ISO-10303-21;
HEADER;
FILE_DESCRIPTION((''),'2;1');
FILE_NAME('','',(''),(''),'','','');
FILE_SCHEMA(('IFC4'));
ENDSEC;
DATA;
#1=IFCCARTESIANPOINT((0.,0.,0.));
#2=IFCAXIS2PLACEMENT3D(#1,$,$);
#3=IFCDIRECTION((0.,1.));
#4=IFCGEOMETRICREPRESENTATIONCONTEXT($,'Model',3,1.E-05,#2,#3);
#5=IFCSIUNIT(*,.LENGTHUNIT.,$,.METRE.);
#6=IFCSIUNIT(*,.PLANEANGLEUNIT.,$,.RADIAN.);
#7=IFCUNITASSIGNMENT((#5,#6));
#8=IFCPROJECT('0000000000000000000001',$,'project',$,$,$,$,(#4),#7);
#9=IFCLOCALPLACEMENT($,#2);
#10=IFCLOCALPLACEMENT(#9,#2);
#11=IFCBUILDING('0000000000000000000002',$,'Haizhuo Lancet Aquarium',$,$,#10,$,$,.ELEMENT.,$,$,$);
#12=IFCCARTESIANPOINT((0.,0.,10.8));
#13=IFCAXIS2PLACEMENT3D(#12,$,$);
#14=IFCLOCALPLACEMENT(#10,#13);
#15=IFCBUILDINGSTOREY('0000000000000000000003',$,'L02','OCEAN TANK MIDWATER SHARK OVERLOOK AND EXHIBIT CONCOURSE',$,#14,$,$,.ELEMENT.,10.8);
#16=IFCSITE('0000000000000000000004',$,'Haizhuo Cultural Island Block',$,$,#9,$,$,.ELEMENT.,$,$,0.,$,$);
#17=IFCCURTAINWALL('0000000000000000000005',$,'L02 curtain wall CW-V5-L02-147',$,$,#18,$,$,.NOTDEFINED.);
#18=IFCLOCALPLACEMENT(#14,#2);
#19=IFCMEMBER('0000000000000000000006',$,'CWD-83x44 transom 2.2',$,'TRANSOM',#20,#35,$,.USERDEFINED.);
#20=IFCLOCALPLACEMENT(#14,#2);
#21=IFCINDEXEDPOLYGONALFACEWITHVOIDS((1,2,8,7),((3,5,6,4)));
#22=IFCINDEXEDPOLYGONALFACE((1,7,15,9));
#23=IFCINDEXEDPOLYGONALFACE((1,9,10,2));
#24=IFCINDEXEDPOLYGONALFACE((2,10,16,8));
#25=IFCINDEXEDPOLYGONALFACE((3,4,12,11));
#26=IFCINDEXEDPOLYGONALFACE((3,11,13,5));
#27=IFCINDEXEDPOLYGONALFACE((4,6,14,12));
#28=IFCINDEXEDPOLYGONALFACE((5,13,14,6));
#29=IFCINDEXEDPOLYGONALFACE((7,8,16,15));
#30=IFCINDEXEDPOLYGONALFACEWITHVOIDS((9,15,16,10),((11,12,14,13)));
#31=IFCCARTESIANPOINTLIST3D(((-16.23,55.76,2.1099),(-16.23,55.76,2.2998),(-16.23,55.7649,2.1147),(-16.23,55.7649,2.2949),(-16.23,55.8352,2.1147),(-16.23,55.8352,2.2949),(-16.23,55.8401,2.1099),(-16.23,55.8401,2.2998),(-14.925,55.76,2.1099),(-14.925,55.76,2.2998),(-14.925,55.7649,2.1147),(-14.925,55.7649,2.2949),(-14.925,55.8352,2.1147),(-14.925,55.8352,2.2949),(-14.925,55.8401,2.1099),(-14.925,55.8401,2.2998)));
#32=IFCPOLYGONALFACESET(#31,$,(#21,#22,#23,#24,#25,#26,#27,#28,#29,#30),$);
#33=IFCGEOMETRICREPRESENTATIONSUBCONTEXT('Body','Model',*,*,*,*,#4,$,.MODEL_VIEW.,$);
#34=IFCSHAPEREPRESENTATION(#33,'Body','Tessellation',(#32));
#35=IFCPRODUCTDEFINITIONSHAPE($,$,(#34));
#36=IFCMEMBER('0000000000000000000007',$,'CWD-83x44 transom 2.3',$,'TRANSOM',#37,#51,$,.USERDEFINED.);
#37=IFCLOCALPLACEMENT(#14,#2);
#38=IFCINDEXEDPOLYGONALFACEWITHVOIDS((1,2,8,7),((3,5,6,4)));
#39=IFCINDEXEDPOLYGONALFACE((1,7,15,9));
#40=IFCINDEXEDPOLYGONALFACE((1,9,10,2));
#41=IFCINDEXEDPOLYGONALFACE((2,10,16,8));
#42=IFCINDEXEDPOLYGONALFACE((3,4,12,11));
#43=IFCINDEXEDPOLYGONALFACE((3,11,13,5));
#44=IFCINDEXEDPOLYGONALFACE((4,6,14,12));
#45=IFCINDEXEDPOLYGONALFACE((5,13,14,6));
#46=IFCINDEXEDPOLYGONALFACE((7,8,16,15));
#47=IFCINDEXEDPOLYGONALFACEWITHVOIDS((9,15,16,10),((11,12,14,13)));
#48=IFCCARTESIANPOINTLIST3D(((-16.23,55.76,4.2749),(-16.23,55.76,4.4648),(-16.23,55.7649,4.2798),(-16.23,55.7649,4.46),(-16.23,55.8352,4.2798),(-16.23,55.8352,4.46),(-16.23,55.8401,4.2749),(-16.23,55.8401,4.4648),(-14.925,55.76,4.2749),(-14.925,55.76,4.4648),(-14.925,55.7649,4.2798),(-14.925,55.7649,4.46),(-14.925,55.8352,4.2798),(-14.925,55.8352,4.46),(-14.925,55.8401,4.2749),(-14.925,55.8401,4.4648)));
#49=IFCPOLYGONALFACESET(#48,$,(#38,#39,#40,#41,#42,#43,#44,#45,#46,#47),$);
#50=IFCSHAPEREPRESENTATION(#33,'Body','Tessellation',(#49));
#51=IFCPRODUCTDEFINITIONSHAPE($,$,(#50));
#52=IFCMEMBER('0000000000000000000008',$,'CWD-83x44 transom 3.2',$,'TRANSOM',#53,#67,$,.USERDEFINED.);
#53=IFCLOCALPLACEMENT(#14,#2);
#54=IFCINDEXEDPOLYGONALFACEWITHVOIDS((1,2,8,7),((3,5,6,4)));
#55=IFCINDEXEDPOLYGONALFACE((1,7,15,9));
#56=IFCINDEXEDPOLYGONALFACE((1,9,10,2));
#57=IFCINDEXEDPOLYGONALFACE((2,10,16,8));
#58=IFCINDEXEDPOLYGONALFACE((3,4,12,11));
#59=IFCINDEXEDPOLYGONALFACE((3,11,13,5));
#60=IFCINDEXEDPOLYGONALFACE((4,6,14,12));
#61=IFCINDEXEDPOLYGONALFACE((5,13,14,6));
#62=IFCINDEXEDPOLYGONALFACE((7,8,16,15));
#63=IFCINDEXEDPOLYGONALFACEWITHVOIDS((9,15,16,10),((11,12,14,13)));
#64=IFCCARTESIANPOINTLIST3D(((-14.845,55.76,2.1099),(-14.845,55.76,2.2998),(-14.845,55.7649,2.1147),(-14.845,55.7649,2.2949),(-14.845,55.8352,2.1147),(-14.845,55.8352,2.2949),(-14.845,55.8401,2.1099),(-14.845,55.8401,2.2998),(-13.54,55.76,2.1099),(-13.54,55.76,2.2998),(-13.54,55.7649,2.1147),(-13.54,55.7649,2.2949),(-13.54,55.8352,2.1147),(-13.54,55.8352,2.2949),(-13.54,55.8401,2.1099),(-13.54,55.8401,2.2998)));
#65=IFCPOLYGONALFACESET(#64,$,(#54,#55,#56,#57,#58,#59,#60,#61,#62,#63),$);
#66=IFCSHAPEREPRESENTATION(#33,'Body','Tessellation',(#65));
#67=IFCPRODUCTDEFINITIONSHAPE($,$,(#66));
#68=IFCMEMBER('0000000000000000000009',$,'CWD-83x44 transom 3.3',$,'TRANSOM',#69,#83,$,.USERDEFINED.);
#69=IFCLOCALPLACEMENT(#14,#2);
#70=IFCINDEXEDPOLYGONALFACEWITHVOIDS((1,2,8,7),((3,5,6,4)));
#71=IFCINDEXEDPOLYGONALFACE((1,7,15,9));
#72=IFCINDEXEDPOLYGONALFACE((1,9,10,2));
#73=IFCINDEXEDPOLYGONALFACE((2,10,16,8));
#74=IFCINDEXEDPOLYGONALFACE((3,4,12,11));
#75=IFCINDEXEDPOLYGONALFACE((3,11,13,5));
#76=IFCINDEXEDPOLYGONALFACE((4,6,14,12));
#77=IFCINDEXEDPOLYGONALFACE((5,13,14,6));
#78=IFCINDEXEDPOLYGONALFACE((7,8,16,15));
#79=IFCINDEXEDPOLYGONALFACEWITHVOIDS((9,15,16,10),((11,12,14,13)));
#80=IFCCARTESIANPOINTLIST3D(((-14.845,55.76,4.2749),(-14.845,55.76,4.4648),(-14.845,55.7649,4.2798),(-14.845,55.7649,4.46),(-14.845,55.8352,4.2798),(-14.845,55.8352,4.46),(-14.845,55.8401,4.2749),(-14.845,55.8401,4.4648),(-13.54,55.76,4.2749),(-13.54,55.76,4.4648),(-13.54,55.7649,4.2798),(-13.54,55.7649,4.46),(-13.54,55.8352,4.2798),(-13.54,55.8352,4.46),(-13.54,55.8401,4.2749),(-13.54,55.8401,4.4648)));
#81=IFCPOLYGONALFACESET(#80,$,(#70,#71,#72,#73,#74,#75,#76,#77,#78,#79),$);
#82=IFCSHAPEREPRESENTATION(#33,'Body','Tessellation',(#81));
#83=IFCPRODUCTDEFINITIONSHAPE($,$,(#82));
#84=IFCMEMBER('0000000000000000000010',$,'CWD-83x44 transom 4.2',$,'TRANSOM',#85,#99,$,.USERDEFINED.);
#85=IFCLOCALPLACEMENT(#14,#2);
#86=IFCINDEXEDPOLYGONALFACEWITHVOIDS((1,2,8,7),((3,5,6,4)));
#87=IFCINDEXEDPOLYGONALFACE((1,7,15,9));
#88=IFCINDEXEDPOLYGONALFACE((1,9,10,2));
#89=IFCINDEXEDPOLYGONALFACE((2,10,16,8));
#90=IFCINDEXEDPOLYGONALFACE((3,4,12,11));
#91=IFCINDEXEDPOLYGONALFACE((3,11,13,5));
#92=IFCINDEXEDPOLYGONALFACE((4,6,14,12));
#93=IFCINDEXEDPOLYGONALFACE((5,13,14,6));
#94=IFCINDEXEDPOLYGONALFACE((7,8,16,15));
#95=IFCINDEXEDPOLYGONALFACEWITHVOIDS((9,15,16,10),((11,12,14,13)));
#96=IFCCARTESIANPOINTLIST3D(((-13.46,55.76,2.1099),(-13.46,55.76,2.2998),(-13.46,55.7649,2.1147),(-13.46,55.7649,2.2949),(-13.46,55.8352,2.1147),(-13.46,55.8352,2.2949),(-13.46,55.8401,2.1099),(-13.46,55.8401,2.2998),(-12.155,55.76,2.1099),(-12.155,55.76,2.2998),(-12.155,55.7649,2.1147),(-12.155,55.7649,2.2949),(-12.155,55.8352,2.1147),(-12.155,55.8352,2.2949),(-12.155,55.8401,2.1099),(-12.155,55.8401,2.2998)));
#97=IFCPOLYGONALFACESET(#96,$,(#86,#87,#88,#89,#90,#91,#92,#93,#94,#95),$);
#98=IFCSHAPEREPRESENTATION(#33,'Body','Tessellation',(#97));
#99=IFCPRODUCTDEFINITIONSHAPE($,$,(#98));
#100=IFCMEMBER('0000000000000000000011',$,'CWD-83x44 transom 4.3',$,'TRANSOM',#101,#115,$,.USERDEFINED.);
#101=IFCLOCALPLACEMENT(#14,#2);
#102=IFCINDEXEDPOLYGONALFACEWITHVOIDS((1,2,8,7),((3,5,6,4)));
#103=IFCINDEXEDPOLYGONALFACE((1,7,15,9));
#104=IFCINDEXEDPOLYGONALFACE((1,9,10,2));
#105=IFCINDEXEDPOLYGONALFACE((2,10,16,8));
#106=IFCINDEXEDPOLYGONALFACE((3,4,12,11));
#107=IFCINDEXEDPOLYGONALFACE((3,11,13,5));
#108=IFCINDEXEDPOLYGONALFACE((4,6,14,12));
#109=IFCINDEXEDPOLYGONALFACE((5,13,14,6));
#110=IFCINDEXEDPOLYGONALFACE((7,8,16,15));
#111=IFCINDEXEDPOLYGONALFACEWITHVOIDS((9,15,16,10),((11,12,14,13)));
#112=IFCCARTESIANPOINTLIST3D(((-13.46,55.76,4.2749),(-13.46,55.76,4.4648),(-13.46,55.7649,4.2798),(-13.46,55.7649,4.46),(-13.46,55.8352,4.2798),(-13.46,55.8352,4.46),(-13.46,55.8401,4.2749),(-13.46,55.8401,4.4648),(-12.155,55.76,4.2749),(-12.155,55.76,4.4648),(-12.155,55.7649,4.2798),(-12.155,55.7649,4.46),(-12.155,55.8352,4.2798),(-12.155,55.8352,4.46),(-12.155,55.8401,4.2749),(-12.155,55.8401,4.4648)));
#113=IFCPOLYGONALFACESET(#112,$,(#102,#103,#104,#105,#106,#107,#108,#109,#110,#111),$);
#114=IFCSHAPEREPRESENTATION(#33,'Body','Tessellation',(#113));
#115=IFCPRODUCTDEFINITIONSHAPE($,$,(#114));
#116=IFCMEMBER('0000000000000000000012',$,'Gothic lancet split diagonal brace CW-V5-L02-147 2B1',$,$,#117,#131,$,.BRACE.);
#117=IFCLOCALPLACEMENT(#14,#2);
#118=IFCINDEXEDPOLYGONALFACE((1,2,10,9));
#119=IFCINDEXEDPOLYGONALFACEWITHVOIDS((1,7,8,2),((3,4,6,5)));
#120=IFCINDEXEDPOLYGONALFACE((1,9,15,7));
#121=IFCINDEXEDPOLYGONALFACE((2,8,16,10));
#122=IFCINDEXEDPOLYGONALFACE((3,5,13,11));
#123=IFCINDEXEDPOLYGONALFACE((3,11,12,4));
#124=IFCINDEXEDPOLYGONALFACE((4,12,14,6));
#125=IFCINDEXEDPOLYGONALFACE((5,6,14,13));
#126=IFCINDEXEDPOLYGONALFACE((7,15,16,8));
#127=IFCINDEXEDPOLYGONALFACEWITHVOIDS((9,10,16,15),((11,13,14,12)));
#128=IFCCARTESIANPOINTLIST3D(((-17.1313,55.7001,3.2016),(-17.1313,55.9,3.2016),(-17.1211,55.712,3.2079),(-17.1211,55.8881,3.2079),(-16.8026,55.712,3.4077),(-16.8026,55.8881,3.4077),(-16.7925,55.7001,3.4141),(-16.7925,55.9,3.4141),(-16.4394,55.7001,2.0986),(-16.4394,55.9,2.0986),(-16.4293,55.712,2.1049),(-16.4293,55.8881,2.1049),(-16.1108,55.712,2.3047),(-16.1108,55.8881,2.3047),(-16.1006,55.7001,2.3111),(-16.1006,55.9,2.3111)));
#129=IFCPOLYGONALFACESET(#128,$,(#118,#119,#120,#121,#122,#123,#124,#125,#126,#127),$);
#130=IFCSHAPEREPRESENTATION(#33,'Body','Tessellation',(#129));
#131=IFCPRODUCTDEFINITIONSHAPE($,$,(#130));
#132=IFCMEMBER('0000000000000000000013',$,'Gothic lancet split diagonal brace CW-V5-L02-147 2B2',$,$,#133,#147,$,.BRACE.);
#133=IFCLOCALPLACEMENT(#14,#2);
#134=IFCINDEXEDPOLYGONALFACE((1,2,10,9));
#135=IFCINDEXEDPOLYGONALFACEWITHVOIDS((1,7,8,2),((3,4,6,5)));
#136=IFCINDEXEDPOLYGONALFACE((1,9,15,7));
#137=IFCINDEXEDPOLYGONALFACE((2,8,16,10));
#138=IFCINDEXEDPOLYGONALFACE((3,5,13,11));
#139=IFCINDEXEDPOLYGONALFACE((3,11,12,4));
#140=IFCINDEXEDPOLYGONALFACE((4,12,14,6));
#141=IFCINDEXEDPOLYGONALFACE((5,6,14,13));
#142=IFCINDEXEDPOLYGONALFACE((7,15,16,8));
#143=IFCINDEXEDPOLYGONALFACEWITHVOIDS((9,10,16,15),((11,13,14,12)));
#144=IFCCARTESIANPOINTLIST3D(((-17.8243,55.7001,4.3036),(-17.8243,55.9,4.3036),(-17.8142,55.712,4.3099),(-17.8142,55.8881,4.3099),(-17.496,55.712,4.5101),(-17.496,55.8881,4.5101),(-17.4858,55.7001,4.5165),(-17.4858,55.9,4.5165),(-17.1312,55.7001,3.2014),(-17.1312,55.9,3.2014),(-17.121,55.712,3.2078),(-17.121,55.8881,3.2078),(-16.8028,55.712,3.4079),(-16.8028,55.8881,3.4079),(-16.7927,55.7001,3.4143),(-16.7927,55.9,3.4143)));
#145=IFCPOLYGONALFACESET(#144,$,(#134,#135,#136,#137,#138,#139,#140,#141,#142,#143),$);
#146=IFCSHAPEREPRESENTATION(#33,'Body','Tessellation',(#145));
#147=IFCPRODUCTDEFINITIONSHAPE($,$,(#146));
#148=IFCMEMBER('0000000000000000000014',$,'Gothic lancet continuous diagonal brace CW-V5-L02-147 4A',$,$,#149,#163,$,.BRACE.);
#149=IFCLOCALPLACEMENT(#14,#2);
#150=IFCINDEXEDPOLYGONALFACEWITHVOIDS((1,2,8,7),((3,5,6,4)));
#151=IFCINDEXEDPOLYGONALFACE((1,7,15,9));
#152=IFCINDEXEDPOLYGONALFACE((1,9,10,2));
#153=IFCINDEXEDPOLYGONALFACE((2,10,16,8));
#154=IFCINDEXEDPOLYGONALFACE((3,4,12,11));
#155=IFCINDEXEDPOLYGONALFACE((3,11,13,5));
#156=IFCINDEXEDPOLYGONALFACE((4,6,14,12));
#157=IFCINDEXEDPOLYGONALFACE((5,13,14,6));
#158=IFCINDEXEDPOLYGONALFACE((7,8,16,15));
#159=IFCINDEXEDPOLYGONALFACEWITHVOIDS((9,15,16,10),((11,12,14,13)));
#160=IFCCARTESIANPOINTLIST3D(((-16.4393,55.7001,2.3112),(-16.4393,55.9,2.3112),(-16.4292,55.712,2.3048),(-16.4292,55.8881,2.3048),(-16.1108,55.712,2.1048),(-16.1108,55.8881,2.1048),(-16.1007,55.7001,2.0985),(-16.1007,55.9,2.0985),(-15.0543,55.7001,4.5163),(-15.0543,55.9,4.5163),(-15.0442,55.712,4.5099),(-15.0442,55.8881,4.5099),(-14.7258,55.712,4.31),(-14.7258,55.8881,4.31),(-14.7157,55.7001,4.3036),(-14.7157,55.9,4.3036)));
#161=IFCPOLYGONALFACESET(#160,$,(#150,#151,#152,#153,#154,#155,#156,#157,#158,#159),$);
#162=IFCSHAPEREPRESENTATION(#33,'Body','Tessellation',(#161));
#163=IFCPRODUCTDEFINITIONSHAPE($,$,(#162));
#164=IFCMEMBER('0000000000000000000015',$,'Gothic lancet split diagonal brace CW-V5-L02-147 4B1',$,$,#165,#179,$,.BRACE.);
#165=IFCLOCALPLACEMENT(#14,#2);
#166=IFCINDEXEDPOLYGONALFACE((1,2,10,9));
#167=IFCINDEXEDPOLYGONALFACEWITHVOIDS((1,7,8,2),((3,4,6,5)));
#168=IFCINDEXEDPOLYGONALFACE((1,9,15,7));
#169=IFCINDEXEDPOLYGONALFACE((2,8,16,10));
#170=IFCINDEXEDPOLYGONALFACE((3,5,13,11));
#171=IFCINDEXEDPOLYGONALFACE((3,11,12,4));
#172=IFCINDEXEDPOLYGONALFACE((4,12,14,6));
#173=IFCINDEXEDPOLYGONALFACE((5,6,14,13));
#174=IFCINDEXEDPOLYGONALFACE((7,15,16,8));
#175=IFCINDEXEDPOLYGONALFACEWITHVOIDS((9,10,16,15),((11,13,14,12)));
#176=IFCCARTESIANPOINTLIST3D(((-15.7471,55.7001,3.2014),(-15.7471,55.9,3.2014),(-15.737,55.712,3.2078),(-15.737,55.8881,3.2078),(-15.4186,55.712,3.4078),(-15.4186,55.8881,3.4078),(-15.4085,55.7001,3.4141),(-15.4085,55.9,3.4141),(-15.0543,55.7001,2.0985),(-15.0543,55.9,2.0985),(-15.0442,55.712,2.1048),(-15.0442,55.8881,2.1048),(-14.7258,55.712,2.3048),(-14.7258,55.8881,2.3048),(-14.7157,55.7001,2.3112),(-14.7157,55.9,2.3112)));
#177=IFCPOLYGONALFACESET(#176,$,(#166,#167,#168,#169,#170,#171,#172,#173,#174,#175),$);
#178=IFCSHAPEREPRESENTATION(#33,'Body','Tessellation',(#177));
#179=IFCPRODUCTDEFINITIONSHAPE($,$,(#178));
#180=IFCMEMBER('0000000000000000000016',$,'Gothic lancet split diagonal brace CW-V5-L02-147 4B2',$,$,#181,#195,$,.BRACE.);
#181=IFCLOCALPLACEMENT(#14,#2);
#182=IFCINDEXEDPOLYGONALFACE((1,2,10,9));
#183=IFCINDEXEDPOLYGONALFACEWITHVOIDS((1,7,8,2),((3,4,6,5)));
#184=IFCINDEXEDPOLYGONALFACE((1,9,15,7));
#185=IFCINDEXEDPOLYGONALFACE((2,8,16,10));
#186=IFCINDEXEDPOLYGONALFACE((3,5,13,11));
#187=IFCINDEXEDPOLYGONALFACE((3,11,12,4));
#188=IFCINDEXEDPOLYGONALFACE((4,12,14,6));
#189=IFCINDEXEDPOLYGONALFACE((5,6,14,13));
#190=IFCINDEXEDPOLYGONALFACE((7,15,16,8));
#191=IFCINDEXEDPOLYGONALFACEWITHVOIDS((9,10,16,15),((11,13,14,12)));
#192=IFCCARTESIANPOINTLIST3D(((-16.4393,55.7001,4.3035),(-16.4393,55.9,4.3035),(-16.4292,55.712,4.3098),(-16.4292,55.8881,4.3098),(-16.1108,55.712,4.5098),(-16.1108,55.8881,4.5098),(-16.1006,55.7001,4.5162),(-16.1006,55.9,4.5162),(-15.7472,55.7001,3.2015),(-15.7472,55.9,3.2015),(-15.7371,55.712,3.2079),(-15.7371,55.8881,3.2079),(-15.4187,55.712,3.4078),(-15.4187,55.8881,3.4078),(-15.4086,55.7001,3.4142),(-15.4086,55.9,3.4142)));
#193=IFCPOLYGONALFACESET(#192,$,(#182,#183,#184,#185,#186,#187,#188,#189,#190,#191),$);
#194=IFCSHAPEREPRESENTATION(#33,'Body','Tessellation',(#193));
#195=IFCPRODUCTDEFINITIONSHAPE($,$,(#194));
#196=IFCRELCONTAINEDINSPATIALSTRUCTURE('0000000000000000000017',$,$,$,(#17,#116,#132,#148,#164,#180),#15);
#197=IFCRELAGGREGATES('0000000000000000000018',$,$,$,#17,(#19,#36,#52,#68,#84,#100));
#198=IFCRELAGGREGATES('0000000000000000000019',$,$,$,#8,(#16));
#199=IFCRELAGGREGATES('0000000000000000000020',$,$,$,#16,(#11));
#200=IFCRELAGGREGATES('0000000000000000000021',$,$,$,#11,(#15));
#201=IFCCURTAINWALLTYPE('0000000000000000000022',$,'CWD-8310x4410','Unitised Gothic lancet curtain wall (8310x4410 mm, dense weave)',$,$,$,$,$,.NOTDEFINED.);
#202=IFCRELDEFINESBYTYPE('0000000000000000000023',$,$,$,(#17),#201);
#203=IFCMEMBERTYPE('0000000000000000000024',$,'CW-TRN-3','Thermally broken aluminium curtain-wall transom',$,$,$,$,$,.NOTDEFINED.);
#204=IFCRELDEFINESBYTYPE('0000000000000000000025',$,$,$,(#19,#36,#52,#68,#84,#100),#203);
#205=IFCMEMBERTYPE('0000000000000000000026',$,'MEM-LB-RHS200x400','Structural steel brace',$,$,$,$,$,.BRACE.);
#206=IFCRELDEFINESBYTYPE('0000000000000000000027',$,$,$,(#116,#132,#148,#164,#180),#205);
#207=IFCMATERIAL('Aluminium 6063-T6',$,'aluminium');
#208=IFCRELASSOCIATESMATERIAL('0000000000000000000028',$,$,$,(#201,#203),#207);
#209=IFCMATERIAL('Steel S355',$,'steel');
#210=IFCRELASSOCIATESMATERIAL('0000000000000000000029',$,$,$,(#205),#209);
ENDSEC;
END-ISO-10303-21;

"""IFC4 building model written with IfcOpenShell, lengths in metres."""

from ifc_helpers import new_model, si_unit, direction, frame, origin, origin_2d, place, context, subcontext, project, spatial, hollow_rectangle, extrude, material, material_profile, profile_set, type_object, element, aggregate, save


model = new_model("IFC4")

# Units and contexts
model_context = context("Model", 3, precision=1e-05, world=origin(), true_north=direction((0.0, 1.0)))
body_context = subcontext(model_context, "Body", "Model", "MODEL_VIEW")
ifc_project = project(units=[si_unit("LENGTHUNIT", "METRE"), si_unit("PLANEANGLEUNIT", "RADIAN")], contexts=[model_context])

# Site, building, storey
site_placement = place(None, origin())
site = spatial("IfcSite", under=ifc_project, at=site_placement, Name="Haizhuo Cultural Island Block", CompositionType="ELEMENT", RefElevation=0.0)
building_placement = place(site_placement, origin())
building = spatial("IfcBuilding", under=site, at=building_placement, Name="Haizhuo Lancet Aquarium", CompositionType="ELEMENT")
storey_placement = place(building_placement, frame((0.0, 0.0, 10.8)))
storey = spatial("IfcBuildingStorey", under=building, at=storey_placement, Name="L02", Description="OCEAN TANK MIDWATER SHARK OVERLOOK AND EXHIBIT CONCOURSE", CompositionType="ELEMENT", Elevation=10.8)

# Curtain wall, members
ifc_material_1 = material(Name="Aluminium 6063-T6", Category="aluminium")
curtain_wall_type = type_object("IfcCurtainWallType", Name="CWD-8310x4410", Description="Unitised Gothic lancet curtain wall (8310x4410 mm, dense weave)", PredefinedType="NOTDEFINED", material=ifc_material_1)
curtain_wall_placement = place(storey_placement, origin())
curtain_wall = element("IfcCurtainWall", 1, at=curtain_wall_placement, inside=storey, type_object=curtain_wall_type, Name="L02 curtain wall CW-V5-L02-147", PredefinedType="NOTDEFINED")
ifc_material_profile_1 = material_profile(ifc_material_1, hollow_rectangle(XDim=0.0801, YDim=0.1899, WallThickness=0.0049, at=origin_2d()), Name="ALU-T 80x190x5")
ifc_profile_set_1 = profile_set([ifc_material_profile_1], Name="Aluminium 6063-T6")
member_type_1 = type_object("IfcMemberType", Name="CW-TRN-3", Description="Thermally broken aluminium curtain-wall transom", PredefinedType="NOTDEFINED", material=ifc_profile_set_1)
member_1_placement = place(storey_placement, frame((-16.23, 55.8, 2.2048), z_axis=(1.0, 0.0, 0.0), x_axis=(0.0, 1.0, 0.0)))
member_1 = element("IfcMember", 2, at=member_1_placement, type_object=member_type_1, Name="CWD-83x44 transom 2.2", ObjectType="TRANSOM", PredefinedType="USERDEFINED", context=body_context, shape_type="SweptSolid", body=[
    extrude(hollow_rectangle(XDim=0.0801, YDim=0.1899, WallThickness=0.0049, at=origin_2d()), origin(), (0.0, 0.0, 1.0), 1.3049),
])
member_2_placement = place(storey_placement, frame((-16.23, 55.8, 4.3699), z_axis=(1.0, 0.0, 0.0), x_axis=(0.0, 1.0, 0.0)))
member_2 = element("IfcMember", 3, at=member_2_placement, type_object=member_type_1, Name="CWD-83x44 transom 2.3", ObjectType="TRANSOM", PredefinedType="USERDEFINED", context=body_context, shape_type="SweptSolid", body=[
    extrude(hollow_rectangle(XDim=0.0801, YDim=0.1899, WallThickness=0.0049, at=origin_2d()), origin(), (0.0, 0.0, 1.0), 1.3049),
])
member_3_placement = place(storey_placement, frame((-14.845, 55.8, 2.2048), z_axis=(1.0, 0.0, 0.0), x_axis=(0.0, 1.0, 0.0)))
member_3 = element("IfcMember", 4, at=member_3_placement, type_object=member_type_1, Name="CWD-83x44 transom 3.2", ObjectType="TRANSOM", PredefinedType="USERDEFINED", context=body_context, shape_type="SweptSolid", body=[
    extrude(hollow_rectangle(XDim=0.0801, YDim=0.1899, WallThickness=0.0049, at=origin_2d()), origin(), (0.0, 0.0, 1.0), 1.3049),
])
member_4_placement = place(storey_placement, frame((-14.845, 55.8, 4.3699), z_axis=(1.0, 0.0, 0.0), x_axis=(0.0, 1.0, 0.0)))
member_4 = element("IfcMember", 5, at=member_4_placement, type_object=member_type_1, Name="CWD-83x44 transom 3.3", ObjectType="TRANSOM", PredefinedType="USERDEFINED", context=body_context, shape_type="SweptSolid", body=[
    extrude(hollow_rectangle(XDim=0.0801, YDim=0.1899, WallThickness=0.0049, at=origin_2d()), origin(), (0.0, 0.0, 1.0), 1.3049),
])
member_5_placement = place(storey_placement, frame((-13.46, 55.8, 2.2048), z_axis=(1.0, 0.0, 0.0), x_axis=(0.0, 1.0, 0.0)))
member_5 = element("IfcMember", 6, at=member_5_placement, type_object=member_type_1, Name="CWD-83x44 transom 4.2", ObjectType="TRANSOM", PredefinedType="USERDEFINED", context=body_context, shape_type="SweptSolid", body=[
    extrude(hollow_rectangle(XDim=0.0801, YDim=0.1899, WallThickness=0.0049, at=origin_2d()), origin(), (0.0, 0.0, 1.0), 1.3049),
])
member_6_placement = place(storey_placement, frame((-13.46, 55.8, 4.3699), z_axis=(1.0, 0.0, 0.0), x_axis=(0.0, 1.0, 0.0)))
member_6 = element("IfcMember", 7, at=member_6_placement, type_object=member_type_1, Name="CWD-83x44 transom 4.3", ObjectType="TRANSOM", PredefinedType="USERDEFINED", context=body_context, shape_type="SweptSolid", body=[
    extrude(hollow_rectangle(XDim=0.0801, YDim=0.1899, WallThickness=0.0049, at=origin_2d()), origin(), (0.0, 0.0, 1.0), 1.3049),
])

# Members
ifc_material_2 = material(Name="Steel S355", Category="steel")
ifc_material_profile_2 = material_profile(ifc_material_2, hollow_rectangle(XDim=0.2, YDim=0.3999, WallThickness=0.012, at=origin_2d()), Name="RHS 200x400x12")
ifc_profile_set_2 = profile_set([ifc_material_profile_2], Name="Steel S355")
member_type_2 = type_object("IfcMemberType", Name="MEM-LB-RHS200x400", Description="Structural steel brace", PredefinedType="BRACE", material=ifc_profile_set_2)
for number, where, z_axis, x_axis, name in (
    (8, (-16.27, 55.8, 2.2048), (-0.53138, 0.0, 0.847133), (0.0, -1.0, 0.0), "Gothic lancet split diagonal brace CW-V5-L02-147 2B1"),
    (9, (-16.9619, 55.8, 3.3079), (-0.53239, 0.0, 0.846499), (0.0, -1.0, 0.0), "Gothic lancet split diagonal brace CW-V5-L02-147 2B2"),
):
    element("IfcMember", number, at=place(storey_placement, frame(where, z_axis=z_axis, x_axis=x_axis)), inside=storey, type_object=member_type_2, Name=name, PredefinedType="BRACE", context=body_context, shape_type="SweptSolid", body=[
        extrude(hollow_rectangle(XDim=0.2, YDim=0.3999, WallThickness=0.012, at=origin_2d()), origin(), (0.0, 0.0, 1.0), 1.302),
    ])
member_7_placement = place(storey_placement, frame((-16.27, 55.8, 2.2048), z_axis=(0.531885, 0.0, 0.846816), x_axis=(0.0, 1.0, 0.0)))
element("IfcMember", 10, at=member_7_placement, inside=storey, type_object=member_type_2, Name="Gothic lancet continuous diagonal brace CW-V5-L02-147 4A", PredefinedType="BRACE", context=body_context, shape_type="SweptSolid", body=[
    extrude(hollow_rectangle(XDim=0.2, YDim=0.3999, WallThickness=0.012, at=origin_2d()), origin(), (0.0, 0.0, 1.0), 2.604),
])
member_8_placement = place(storey_placement, frame((-14.885, 55.8, 2.2048), z_axis=(-0.531918, 0.0, 0.846796), x_axis=(0.0, -1.0, 0.0)))
element("IfcMember", 11, at=member_8_placement, inside=storey, type_object=member_type_2, Name="Gothic lancet split diagonal brace CW-V5-L02-147 4B1", PredefinedType="BRACE", context=body_context, shape_type="SweptSolid", body=[
    extrude(hollow_rectangle(XDim=0.2, YDim=0.3999, WallThickness=0.012, at=origin_2d()), origin(), (0.0, 0.0, 1.0), 1.3025),
])
member_9_placement = place(storey_placement, frame((-15.5779, 55.8, 3.3079), z_axis=(-0.531853, 0.0, 0.846837), x_axis=(0.0, -1.0, 0.0)))
element("IfcMember", 12, at=member_9_placement, inside=storey, type_object=member_type_2, Name="Gothic lancet split diagonal brace CW-V5-L02-147 4B2", PredefinedType="BRACE", context=body_context, shape_type="SweptSolid", body=[
    extrude(hollow_rectangle(XDim=0.2, YDim=0.3999, WallThickness=0.012, at=origin_2d()), origin(), (0.0, 0.0, 1.0), 1.3013),
])

aggregate(curtain_wall, [member_1, member_2, member_3, member_4, member_5, member_6])

save(model, "model.ifc")
